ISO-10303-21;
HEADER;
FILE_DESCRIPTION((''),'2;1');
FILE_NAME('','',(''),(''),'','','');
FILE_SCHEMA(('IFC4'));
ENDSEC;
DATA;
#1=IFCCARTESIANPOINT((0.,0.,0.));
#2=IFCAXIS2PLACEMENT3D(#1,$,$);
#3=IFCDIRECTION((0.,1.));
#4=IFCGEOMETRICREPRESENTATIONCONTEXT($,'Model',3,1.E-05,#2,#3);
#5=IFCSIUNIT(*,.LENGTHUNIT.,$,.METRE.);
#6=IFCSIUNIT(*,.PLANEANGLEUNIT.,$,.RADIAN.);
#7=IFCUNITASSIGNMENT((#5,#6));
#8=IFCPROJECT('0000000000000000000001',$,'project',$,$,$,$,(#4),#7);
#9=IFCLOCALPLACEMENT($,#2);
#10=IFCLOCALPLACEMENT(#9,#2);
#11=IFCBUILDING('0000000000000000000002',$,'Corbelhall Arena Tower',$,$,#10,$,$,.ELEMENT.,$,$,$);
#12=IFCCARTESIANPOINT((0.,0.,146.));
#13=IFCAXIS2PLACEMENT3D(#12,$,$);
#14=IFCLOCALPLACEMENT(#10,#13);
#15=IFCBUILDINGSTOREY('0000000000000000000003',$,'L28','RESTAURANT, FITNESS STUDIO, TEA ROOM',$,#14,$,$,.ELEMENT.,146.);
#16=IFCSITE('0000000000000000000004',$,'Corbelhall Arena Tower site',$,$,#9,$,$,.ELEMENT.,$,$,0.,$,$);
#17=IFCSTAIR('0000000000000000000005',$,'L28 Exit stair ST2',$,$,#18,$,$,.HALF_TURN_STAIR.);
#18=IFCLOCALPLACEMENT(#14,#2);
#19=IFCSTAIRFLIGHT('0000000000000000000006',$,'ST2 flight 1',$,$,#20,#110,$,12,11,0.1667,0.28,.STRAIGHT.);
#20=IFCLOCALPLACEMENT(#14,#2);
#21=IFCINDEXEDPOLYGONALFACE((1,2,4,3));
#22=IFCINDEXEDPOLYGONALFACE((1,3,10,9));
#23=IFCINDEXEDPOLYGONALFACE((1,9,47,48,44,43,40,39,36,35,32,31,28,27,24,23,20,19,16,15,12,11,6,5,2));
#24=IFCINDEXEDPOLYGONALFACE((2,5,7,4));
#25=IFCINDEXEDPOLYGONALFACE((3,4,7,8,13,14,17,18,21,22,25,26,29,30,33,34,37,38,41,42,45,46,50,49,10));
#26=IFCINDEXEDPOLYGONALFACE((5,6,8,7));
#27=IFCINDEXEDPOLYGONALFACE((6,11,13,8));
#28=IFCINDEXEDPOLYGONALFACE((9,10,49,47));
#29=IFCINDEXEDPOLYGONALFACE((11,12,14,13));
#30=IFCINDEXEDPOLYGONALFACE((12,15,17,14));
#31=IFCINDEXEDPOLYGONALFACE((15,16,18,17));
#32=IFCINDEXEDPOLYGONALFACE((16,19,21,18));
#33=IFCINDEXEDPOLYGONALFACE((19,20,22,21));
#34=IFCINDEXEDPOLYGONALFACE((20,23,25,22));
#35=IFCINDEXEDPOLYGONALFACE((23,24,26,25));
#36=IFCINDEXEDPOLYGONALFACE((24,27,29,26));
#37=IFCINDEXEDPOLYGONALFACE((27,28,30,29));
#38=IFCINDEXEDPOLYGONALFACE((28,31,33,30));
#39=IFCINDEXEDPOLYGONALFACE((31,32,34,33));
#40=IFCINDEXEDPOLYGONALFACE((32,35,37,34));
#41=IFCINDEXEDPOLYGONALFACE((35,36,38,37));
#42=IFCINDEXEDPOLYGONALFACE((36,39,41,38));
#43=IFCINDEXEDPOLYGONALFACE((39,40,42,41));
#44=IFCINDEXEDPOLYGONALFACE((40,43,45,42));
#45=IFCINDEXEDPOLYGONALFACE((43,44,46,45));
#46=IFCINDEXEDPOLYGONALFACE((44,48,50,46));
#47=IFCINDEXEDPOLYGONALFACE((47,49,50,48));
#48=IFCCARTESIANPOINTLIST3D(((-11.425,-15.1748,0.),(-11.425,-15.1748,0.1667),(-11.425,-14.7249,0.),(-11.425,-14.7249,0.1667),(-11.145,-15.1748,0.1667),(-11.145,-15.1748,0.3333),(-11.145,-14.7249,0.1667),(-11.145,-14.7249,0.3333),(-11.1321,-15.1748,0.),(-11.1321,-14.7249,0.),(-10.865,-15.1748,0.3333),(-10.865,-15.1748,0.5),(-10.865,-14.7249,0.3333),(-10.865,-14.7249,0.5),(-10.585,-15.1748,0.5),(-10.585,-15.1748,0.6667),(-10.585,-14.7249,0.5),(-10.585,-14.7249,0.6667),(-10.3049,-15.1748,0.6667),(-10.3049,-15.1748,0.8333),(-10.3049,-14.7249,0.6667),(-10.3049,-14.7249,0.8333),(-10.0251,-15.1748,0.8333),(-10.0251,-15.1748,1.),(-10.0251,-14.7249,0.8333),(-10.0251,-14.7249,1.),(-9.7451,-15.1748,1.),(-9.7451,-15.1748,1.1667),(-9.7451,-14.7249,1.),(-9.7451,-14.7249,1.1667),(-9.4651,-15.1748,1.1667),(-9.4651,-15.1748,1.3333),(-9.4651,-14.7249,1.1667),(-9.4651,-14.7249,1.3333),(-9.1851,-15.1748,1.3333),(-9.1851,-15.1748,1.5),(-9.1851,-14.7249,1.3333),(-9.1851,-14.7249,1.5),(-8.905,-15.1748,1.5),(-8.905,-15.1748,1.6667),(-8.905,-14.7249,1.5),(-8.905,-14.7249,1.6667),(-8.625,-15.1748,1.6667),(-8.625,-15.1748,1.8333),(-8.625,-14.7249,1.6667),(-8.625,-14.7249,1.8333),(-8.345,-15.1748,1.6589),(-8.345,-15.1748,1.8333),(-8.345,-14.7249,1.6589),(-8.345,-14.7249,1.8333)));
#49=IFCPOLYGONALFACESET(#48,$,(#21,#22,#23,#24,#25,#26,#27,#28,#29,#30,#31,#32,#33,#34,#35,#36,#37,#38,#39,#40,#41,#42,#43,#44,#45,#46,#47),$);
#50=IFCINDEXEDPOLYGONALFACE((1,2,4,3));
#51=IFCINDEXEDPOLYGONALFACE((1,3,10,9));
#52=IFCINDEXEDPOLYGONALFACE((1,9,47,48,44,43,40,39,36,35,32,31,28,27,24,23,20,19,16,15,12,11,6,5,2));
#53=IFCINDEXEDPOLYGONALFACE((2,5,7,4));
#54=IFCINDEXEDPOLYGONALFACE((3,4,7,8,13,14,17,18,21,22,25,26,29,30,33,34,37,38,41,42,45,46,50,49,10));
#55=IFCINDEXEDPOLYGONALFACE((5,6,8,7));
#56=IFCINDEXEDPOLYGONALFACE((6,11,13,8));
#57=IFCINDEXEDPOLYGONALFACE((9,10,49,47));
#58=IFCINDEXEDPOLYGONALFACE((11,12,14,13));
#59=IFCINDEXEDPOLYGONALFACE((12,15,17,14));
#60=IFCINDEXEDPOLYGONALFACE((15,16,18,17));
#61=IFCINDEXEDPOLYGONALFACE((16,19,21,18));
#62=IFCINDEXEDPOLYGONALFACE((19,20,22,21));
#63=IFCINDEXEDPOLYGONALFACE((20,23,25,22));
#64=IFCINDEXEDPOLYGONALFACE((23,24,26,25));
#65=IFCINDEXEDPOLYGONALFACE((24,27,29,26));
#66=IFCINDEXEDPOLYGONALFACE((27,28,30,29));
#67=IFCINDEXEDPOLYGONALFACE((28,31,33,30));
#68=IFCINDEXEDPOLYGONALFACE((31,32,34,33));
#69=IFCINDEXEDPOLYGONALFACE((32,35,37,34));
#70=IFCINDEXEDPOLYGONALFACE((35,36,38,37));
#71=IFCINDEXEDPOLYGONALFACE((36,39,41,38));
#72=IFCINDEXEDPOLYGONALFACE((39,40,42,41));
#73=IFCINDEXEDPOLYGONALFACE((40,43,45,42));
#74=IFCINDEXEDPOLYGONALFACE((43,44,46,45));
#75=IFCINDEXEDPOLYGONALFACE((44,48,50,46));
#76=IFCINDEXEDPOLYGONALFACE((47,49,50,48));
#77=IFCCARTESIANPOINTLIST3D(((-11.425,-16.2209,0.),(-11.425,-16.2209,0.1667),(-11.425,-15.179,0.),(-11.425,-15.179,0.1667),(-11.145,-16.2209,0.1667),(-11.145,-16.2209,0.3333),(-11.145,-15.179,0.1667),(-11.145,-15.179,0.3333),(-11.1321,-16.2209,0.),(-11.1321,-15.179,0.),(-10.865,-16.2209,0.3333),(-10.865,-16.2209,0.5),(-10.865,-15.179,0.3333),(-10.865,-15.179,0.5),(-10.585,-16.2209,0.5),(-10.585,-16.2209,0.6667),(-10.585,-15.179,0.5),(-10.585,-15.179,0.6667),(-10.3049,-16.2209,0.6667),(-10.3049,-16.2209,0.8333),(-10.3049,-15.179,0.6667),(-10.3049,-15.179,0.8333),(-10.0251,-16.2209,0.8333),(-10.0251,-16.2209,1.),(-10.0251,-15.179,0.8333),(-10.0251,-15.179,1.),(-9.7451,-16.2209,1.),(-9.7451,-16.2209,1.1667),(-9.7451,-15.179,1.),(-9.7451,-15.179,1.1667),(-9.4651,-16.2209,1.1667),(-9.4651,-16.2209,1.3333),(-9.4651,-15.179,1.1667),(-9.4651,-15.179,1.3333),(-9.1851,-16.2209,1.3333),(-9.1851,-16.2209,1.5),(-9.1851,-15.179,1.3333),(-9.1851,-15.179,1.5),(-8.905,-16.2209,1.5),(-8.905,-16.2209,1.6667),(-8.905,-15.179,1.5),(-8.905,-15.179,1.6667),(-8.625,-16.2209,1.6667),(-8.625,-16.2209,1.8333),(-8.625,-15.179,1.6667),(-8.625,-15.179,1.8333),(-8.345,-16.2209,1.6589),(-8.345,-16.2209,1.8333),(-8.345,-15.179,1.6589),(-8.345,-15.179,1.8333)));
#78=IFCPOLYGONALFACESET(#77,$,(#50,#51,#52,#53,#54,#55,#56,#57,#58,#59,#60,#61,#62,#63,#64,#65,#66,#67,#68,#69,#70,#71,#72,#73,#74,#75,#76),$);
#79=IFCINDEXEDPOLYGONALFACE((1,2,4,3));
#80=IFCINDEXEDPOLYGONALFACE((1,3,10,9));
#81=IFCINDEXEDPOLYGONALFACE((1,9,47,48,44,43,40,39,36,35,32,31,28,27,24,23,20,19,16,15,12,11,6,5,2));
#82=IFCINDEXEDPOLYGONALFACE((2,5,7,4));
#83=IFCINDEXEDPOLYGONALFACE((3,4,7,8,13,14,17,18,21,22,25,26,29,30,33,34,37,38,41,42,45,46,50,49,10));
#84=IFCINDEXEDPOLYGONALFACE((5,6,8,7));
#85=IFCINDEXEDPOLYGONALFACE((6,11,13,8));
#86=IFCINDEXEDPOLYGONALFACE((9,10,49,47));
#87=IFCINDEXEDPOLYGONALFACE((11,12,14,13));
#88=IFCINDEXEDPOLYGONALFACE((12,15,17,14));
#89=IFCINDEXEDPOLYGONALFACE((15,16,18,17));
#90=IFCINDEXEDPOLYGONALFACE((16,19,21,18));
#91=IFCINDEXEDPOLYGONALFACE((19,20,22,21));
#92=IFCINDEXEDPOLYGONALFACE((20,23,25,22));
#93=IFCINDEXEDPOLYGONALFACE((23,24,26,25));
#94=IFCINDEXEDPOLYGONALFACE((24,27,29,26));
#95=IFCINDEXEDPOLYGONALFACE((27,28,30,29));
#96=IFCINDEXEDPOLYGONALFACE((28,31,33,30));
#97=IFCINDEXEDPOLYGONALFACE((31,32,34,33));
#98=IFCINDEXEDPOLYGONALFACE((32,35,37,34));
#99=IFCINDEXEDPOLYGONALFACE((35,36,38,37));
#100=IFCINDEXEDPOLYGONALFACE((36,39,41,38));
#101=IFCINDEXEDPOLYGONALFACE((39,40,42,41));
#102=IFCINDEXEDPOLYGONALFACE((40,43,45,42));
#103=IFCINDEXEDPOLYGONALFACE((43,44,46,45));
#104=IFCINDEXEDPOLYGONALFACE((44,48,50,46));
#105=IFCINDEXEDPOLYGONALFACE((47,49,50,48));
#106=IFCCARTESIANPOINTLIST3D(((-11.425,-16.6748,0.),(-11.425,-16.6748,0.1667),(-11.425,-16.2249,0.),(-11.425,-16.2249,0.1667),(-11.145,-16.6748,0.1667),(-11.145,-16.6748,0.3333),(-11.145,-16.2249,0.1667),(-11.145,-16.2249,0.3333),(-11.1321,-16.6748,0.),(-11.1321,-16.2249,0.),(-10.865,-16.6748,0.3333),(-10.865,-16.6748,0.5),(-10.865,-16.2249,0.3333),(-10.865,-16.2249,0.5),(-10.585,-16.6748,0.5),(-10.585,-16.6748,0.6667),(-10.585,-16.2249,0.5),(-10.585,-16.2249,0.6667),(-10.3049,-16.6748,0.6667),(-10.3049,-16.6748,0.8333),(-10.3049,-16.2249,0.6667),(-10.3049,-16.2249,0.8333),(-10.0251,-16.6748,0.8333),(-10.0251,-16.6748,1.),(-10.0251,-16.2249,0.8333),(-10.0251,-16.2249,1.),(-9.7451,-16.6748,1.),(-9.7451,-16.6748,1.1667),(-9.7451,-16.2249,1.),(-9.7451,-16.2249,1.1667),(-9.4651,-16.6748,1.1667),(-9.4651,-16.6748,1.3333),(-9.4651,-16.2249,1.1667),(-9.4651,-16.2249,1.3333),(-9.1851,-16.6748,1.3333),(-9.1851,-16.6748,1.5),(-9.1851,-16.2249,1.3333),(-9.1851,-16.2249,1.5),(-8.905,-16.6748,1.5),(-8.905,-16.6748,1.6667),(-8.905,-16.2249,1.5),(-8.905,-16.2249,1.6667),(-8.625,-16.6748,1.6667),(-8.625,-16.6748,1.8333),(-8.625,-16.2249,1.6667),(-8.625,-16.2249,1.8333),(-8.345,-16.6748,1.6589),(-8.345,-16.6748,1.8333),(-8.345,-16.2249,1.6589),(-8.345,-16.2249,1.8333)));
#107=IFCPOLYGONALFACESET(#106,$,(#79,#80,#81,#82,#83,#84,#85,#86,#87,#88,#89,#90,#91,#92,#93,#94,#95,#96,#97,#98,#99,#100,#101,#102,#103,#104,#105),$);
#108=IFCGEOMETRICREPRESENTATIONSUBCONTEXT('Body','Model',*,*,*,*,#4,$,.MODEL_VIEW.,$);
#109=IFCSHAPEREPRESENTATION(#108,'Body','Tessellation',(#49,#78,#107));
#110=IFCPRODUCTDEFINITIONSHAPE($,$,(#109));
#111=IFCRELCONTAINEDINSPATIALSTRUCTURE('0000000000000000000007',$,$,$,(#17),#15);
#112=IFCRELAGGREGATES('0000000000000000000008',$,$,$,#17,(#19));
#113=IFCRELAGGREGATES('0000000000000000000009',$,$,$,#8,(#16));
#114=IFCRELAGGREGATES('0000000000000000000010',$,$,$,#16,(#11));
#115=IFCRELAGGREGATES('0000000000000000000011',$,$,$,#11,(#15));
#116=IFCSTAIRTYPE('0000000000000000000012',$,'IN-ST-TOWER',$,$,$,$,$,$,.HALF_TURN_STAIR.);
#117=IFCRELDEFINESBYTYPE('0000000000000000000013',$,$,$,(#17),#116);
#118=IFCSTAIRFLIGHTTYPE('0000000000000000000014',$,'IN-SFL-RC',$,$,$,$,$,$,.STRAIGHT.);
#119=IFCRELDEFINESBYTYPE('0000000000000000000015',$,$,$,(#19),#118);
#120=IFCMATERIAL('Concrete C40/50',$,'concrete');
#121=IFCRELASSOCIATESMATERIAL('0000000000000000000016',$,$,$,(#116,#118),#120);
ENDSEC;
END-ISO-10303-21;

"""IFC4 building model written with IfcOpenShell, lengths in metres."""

from ifc_helpers import new_model, si_unit, direction, frame, origin, place, context, subcontext, project, spatial, polyline, outline, extrude, material, type_object, element, aggregate, save


model = new_model("IFC4")

# Units and contexts
model_context = context("Model", 3, precision=1e-05, world=origin(), true_north=direction((0.0, 1.0)))
body_context = subcontext(model_context, "Body", "Model", "MODEL_VIEW")
ifc_project = project(units=[si_unit("LENGTHUNIT", "METRE"), si_unit("PLANEANGLEUNIT", "RADIAN")], contexts=[model_context])

# Site, building, storey
site_placement = place(None, origin())
site = spatial("IfcSite", under=ifc_project, at=site_placement, Name="Corbelhall Arena Tower site", CompositionType="ELEMENT", RefElevation=0.0)
building_placement = place(site_placement, origin())
building = spatial("IfcBuilding", under=site, at=building_placement, Name="Corbelhall Arena Tower", CompositionType="ELEMENT")
storey_placement = place(building_placement, frame((0.0, 0.0, 146.0)))
storey = spatial("IfcBuildingStorey", under=building, at=storey_placement, Name="L28", Description="RESTAURANT, FITNESS STUDIO, TEA ROOM", CompositionType="ELEMENT", Elevation=146.0)

# Stair, stair flight
ifc_material_1 = material(Name="Concrete C40/50", Category="concrete")
stair_type = type_object("IfcStairType", Name="IN-ST-TOWER", PredefinedType="HALF_TURN_STAIR", material=ifc_material_1)
stair_placement = place(storey_placement, origin())
stair = element("IfcStair", 1, at=stair_placement, inside=storey, type_object=stair_type, Name="L28 Exit stair ST2", PredefinedType="HALF_TURN_STAIR")
stair_flight_type = type_object("IfcStairFlightType", Name="IN-SFL-RC", PredefinedType="STRAIGHT", material=ifc_material_1)
stair_flight_placement = place(storey_placement, frame((-11.425, -15.7, 0.0), z_axis=(0.0, 0.0, 1.0), x_axis=(1.0, 0.0, 0.0)))
stair_flight = element("IfcStairFlight", 2, at=stair_flight_placement, type_object=stair_flight_type, Name="ST2 flight 1", NumberOfRisers=12, NumberOfTreads=11, PredefinedType="STRAIGHT", RiserHeight=0.1667, TreadLength=0.28, context=body_context, shape_type="SweptSolid", body=[
    extrude(outline(polyline([(0.0, 0.0), (0.0, 0.1667), (0.28, 0.1667), (0.28, 0.3333), (0.5601, 0.3333), (0.5601, 0.5), (0.8401, 0.5), (0.8401, 0.6667), (1.1201, 0.6667), (1.1201, 0.8333), (1.3999, 0.8333), (1.3999, 1.0), (1.6799, 1.0), (1.6799, 1.1667), (1.96, 1.1667), (1.96, 1.3333), (2.24, 1.3333), (2.24, 1.5), (2.52, 1.5), (2.52, 1.6667), (2.8, 1.6667), (2.8, 1.8333), (3.0801, 1.8333), (3.0801, 2.0), (3.0801, 1.6589), (0.293, 0.0), (0.0, 0.0)])), frame((0.0, 0.9751, 0.0), z_axis=(0.0, -1.0, 0.0), x_axis=(1.0, 0.0, 0.0)), (0.0, 0.0, 1.0), 0.45),
    extrude(outline(polyline([(0.0, 0.0), (0.0, 0.1667), (0.28, 0.1667), (0.28, 0.3333), (0.5601, 0.3333), (0.5601, 0.5), (0.8401, 0.5), (0.8401, 0.6667), (1.1201, 0.6667), (1.1201, 0.8333), (1.3999, 0.8333), (1.3999, 1.0), (1.6799, 1.0), (1.6799, 1.1667), (1.96, 1.1667), (1.96, 1.3333), (2.24, 1.3333), (2.24, 1.5), (2.52, 1.5), (2.52, 1.6667), (2.8, 1.6667), (2.8, 1.8333), (3.0801, 1.8333), (3.0801, 2.0), (3.0801, 1.6589), (0.293, 0.0), (0.0, 0.0)])), frame((0.0, 0.521, 0.0), z_axis=(0.0, -1.0, 0.0), x_axis=(1.0, 0.0, 0.0)), (0.0, 0.0, 1.0), 1.042),
    extrude(outline(polyline([(0.0, 0.0), (0.0, 0.1667), (0.28, 0.1667), (0.28, 0.3333), (0.5601, 0.3333), (0.5601, 0.5), (0.8401, 0.5), (0.8401, 0.6667), (1.1201, 0.6667), (1.1201, 0.8333), (1.3999, 0.8333), (1.3999, 1.0), (1.6799, 1.0), (1.6799, 1.1667), (1.96, 1.1667), (1.96, 1.3333), (2.24, 1.3333), (2.24, 1.5), (2.52, 1.5), (2.52, 1.6667), (2.8, 1.6667), (2.8, 1.8333), (3.0801, 1.8333), (3.0801, 2.0), (3.0801, 1.6589), (0.293, 0.0), (0.0, 0.0)])), frame((0.0, -0.5249, 0.0), z_axis=(0.0, -1.0, 0.0), x_axis=(1.0, 0.0, 0.0)), (0.0, 0.0, 1.0), 0.45),
])
aggregate(stair, [stair_flight])

save(model, "model.ifc")
